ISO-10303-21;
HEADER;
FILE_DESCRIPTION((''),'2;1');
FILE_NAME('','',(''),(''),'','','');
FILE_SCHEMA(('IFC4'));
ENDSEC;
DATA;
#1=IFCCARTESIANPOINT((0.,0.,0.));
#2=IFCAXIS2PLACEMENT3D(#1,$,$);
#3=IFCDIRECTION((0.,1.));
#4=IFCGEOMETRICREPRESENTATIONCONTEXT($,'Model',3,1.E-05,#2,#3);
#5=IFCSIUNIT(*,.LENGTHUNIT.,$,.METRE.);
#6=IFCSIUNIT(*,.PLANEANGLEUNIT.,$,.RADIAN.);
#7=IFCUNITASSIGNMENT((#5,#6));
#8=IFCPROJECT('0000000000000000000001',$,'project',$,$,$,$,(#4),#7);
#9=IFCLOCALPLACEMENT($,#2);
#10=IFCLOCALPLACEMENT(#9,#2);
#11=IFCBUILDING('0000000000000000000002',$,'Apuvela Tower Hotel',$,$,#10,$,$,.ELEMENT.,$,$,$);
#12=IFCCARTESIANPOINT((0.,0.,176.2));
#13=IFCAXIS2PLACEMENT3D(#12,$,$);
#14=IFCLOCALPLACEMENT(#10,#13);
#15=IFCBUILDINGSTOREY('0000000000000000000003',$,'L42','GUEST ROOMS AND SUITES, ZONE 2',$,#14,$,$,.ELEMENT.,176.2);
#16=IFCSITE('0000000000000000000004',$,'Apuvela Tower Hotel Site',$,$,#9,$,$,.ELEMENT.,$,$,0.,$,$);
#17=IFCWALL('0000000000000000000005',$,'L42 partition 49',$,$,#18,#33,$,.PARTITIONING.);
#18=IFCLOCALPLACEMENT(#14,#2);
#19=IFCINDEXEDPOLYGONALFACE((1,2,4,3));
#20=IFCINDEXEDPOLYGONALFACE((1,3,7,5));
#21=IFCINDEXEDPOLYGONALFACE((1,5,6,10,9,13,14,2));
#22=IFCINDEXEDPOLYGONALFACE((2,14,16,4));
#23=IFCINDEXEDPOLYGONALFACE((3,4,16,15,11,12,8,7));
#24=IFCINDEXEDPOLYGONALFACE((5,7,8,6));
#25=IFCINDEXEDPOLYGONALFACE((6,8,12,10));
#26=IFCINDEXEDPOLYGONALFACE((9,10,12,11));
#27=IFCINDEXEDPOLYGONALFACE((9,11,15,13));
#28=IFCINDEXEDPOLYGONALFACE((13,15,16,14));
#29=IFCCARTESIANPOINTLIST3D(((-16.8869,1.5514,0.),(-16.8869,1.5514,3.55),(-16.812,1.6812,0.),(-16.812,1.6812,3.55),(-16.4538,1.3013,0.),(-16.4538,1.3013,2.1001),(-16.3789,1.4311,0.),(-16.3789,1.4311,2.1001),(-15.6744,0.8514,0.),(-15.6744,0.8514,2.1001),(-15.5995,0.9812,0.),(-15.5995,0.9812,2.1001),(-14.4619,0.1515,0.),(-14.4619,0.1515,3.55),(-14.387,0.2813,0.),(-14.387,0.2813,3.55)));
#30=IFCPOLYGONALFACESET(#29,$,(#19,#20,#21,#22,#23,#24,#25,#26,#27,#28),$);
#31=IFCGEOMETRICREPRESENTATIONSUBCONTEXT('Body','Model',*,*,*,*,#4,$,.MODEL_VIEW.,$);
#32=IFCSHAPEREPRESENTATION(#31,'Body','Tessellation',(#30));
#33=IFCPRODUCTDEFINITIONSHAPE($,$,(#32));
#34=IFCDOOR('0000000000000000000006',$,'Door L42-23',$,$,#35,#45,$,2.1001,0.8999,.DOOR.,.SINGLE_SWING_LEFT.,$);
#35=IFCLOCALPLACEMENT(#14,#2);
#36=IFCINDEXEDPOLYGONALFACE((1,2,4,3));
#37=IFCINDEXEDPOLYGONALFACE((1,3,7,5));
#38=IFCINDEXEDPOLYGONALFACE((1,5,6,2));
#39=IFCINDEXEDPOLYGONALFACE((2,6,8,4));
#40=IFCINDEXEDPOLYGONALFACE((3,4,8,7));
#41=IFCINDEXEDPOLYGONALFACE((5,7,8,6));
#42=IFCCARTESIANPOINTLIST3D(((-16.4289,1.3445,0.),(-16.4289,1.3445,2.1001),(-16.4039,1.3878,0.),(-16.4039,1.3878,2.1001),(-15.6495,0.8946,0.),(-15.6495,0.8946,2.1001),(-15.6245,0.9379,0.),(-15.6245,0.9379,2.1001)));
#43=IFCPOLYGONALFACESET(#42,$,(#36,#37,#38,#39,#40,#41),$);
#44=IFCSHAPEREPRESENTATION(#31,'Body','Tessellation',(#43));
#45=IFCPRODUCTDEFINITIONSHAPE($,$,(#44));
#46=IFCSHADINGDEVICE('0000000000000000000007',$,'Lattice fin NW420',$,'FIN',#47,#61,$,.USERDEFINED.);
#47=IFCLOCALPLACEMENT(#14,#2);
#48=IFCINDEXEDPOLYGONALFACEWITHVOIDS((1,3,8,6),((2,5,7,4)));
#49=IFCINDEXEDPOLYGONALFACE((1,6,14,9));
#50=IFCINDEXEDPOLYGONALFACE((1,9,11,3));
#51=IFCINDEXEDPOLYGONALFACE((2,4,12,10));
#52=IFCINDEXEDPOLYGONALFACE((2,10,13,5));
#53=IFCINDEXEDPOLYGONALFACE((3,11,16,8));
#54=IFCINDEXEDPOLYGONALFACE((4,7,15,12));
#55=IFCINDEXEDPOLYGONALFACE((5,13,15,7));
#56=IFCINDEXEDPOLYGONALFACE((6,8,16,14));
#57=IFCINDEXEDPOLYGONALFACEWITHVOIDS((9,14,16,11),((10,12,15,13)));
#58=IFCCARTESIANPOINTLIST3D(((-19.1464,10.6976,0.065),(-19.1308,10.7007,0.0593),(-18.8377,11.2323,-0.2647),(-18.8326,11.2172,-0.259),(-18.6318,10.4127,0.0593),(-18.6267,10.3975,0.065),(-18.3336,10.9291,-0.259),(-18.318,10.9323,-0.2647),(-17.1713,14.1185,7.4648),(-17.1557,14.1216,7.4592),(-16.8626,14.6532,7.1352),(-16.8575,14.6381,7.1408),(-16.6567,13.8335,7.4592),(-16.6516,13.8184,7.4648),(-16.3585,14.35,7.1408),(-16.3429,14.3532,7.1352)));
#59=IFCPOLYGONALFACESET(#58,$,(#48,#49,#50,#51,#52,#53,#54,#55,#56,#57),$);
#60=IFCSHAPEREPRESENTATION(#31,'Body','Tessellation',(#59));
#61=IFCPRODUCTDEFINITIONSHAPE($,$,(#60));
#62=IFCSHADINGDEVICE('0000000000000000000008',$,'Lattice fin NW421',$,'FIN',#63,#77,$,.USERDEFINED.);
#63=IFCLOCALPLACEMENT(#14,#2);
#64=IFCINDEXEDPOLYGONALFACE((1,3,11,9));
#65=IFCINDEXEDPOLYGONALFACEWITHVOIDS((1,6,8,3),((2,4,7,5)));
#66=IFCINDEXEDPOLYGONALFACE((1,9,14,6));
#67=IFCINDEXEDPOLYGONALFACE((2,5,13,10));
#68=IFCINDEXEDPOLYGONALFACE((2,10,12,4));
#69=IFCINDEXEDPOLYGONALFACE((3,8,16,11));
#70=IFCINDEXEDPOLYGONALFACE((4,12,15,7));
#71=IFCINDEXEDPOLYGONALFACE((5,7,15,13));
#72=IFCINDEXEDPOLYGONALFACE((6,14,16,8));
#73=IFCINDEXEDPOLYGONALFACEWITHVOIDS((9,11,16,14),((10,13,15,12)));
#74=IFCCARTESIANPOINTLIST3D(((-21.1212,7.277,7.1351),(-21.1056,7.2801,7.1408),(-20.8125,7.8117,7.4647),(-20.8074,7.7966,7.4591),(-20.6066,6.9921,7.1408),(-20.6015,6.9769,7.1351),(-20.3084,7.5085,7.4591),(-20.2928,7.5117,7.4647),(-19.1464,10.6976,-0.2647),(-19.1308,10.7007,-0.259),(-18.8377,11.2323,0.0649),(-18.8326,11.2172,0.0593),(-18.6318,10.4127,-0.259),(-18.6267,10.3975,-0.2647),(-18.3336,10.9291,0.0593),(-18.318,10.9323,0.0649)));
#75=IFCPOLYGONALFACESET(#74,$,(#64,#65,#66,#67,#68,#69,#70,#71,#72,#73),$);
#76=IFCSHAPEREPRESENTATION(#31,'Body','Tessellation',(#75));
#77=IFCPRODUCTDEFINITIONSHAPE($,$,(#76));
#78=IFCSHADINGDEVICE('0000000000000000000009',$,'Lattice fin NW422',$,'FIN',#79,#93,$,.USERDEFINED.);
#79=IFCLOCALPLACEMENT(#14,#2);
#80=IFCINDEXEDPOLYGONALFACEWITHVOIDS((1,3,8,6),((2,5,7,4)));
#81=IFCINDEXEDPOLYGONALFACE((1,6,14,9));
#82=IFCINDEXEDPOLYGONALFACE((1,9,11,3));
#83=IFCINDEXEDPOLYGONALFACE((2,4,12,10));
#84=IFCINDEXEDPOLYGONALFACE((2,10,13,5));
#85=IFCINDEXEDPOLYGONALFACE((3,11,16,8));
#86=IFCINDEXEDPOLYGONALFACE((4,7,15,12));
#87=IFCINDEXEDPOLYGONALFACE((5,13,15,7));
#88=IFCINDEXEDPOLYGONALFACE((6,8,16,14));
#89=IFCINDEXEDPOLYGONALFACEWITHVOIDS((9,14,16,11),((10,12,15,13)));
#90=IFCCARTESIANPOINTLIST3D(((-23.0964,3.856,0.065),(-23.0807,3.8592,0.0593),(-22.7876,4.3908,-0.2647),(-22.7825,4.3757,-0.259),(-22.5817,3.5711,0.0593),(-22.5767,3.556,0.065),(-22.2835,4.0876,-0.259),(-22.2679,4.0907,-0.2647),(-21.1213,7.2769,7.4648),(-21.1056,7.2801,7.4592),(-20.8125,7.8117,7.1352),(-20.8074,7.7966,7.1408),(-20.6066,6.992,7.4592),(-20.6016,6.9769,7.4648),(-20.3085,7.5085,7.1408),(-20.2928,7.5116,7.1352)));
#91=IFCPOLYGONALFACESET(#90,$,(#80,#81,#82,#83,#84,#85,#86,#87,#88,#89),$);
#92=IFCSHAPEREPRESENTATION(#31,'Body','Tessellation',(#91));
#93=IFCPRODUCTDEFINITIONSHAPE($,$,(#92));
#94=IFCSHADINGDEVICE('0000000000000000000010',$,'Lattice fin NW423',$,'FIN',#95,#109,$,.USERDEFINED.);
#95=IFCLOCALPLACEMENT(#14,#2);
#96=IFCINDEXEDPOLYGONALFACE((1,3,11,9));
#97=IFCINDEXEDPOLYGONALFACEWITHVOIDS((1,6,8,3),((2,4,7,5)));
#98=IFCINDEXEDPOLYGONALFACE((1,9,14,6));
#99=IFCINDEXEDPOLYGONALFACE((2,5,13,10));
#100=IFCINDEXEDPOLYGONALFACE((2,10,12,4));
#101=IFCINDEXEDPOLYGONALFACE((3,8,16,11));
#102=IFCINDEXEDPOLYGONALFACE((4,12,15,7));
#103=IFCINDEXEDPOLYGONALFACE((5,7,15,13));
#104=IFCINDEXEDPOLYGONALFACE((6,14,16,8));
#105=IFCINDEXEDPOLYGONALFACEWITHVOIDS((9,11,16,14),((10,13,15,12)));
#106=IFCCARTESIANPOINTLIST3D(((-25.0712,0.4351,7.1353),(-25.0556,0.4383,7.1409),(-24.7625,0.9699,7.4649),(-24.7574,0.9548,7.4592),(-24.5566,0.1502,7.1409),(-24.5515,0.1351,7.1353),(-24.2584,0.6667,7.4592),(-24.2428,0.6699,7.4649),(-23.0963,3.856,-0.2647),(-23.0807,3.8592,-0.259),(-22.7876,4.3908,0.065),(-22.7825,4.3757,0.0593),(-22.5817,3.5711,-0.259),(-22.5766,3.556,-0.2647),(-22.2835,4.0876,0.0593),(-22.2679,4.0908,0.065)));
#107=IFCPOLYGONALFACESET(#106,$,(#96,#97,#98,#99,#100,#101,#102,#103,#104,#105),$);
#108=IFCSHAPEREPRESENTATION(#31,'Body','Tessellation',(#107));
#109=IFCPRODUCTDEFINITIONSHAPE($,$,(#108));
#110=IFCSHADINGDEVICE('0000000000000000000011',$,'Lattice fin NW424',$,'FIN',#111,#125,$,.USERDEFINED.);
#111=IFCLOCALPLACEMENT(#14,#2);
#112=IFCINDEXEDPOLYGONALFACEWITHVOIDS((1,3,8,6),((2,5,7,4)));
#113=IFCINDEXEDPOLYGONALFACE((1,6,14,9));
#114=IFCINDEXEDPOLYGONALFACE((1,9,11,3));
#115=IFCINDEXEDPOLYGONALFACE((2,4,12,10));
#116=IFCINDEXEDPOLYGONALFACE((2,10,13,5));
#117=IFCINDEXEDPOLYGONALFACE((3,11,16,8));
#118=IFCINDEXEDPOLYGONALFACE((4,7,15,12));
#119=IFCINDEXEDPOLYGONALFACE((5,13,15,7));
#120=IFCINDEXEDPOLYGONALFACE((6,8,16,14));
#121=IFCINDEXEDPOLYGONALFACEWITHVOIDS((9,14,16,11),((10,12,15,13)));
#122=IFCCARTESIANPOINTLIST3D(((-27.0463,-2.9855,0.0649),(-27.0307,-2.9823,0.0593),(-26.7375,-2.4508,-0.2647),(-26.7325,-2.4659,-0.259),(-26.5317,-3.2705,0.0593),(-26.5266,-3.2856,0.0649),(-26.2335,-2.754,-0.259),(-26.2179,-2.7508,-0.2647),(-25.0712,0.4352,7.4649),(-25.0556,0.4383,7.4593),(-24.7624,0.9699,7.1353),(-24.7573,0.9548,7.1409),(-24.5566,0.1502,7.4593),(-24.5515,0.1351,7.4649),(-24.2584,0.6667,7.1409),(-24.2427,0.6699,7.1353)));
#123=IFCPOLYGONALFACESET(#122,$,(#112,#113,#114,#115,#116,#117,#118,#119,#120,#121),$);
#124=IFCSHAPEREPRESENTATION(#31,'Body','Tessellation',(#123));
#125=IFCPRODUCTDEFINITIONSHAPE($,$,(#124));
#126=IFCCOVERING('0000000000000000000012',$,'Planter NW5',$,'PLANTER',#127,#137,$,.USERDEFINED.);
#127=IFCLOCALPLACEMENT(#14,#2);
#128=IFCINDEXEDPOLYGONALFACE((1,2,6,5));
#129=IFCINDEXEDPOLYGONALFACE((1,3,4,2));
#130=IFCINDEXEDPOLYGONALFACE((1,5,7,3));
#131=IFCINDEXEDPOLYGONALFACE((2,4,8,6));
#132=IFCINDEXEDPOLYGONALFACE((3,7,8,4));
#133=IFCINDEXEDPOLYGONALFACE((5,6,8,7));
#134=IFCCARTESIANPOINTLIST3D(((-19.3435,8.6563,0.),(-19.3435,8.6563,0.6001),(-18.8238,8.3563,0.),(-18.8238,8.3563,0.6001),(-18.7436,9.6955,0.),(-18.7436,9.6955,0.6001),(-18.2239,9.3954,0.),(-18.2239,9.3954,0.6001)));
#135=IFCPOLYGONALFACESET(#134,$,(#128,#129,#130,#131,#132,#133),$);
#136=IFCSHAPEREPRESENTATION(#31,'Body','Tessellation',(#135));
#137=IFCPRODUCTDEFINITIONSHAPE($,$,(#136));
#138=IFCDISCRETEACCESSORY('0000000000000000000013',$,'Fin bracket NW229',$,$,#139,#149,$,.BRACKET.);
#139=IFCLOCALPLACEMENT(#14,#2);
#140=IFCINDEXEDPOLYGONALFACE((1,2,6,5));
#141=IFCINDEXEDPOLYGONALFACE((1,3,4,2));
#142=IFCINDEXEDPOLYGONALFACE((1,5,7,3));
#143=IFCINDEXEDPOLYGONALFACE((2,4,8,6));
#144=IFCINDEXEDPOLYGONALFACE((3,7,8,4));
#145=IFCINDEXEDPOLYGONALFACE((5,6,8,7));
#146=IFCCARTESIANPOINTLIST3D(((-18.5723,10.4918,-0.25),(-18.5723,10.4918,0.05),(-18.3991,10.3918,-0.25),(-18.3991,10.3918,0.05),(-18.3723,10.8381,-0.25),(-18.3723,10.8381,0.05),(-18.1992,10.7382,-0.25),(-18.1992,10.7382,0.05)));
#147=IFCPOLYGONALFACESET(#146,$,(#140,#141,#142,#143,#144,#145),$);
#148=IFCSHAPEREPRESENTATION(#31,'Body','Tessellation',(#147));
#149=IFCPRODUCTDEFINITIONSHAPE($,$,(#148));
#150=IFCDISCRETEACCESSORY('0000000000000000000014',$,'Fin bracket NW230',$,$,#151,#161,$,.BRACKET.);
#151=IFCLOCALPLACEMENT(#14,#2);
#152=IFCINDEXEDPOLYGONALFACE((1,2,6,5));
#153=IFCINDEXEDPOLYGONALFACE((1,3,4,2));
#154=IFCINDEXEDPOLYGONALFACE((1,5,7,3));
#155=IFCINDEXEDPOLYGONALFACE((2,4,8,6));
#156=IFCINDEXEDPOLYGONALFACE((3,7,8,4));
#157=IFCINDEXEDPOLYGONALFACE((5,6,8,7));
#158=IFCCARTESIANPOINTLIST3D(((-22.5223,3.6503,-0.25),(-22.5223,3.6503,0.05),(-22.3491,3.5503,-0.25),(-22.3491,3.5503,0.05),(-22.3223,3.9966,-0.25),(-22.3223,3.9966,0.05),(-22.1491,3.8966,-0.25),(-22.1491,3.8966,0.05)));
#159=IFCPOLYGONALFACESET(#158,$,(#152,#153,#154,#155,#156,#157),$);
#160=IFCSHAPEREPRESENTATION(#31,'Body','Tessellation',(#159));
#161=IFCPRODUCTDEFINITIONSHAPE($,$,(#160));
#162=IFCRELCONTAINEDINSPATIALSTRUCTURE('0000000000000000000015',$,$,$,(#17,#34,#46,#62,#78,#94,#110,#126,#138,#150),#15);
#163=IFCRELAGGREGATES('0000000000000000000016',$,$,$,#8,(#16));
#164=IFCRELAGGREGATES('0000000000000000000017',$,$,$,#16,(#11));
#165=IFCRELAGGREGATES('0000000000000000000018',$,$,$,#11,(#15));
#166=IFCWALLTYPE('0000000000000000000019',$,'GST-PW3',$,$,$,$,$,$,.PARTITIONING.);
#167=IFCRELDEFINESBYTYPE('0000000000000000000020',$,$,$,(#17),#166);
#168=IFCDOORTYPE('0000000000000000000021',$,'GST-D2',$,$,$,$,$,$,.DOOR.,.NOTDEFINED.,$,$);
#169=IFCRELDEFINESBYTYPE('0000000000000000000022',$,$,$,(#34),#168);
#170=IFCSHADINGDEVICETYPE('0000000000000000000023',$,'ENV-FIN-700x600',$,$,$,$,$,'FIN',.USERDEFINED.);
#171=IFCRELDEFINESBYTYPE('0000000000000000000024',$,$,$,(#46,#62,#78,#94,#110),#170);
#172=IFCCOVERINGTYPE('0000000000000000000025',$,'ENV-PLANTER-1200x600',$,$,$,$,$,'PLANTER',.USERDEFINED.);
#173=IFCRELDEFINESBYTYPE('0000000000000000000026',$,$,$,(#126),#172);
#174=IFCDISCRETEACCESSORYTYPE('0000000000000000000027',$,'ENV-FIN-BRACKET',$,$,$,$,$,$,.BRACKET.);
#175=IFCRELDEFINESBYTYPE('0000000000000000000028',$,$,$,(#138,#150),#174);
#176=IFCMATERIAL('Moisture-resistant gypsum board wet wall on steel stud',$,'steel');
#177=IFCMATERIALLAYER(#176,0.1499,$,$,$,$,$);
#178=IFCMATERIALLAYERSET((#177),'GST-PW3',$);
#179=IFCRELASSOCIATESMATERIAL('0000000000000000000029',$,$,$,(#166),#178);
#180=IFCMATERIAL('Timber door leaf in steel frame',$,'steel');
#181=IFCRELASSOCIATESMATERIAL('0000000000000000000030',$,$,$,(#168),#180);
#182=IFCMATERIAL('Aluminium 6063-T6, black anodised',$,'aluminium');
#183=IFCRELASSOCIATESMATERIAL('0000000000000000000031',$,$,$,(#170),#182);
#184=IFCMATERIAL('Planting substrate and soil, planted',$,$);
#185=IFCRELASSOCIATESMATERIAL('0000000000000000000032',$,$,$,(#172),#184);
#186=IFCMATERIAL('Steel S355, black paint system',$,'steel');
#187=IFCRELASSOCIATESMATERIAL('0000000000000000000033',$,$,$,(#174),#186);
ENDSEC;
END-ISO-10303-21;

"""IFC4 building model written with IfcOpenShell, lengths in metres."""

from ifc_helpers import new_model, si_unit, direction, frame, frame_2d, origin, origin_2d, place, context, subcontext, project, spatial, rectangle, hollow_rectangle, extrude, material, layer, layer_set, material_profile, profile_set, type_object, element, fill, save


model = new_model("IFC4")

# Units and contexts
model_context = context("Model", 3, precision=1e-05, world=origin(), true_north=direction((0.0, 1.0)))
body_context = subcontext(model_context, "Body", "Model", "MODEL_VIEW")
ifc_project = project(units=[si_unit("LENGTHUNIT", "METRE"), si_unit("PLANEANGLEUNIT", "RADIAN")], contexts=[model_context])

# Site, building, storey
site_placement = place(None, origin())
site = spatial("IfcSite", under=ifc_project, at=site_placement, Name="Apuvela Tower Hotel Site", CompositionType="ELEMENT", RefElevation=0.0)
building_placement = place(site_placement, origin())
building = spatial("IfcBuilding", under=site, at=building_placement, Name="Apuvela Tower Hotel", CompositionType="ELEMENT")
storey_placement = place(building_placement, frame((0.0, 0.0, 176.2)))
storey = spatial("IfcBuildingStorey", under=building, at=storey_placement, Name="L42", Description="GUEST ROOMS AND SUITES, ZONE 2", CompositionType="ELEMENT", Elevation=176.2)

# Wall, opening, door
ifc_material_1 = material(Name="Moisture-resistant gypsum board wet wall on steel stud", Category="steel")
ifc_layer_1 = layer(ifc_material_1, 0.1499)
ifc_layer_set_1 = layer_set([ifc_layer_1], Name="GST-PW3")
wall_type_1 = type_object("IfcWallType", Name="GST-PW3", PredefinedType="PARTITIONING", material=ifc_layer_set_1)
wall_1_placement = place(storey_placement, frame((-16.8494, 1.6162, 0.0), z_axis=(0.0, 0.0, 1.0), x_axis=(0.866056, -0.499946, 0.0)))
wall_1 = element("IfcWall", 1, at=wall_1_placement, inside=storey, type_object=wall_type_1, Name="L42 partition 49", PredefinedType="PARTITIONING", context=body_context, shape_type="SweptSolid", body=[
    extrude(rectangle(XDim=2.8, YDim=0.1499, at=frame_2d((1.3999, 0.0))), origin(), (0.0, 0.0, 1.0), 3.55),
])
opening_1_placement = place(wall_1_placement, frame((0.5, 0.0, 0.0)))
opening_1 = element("IfcOpeningElement", 2, at=opening_1_placement, cuts=wall_1, PredefinedType="OPENING", context=body_context, shape_type="SweptSolid", body=[
    extrude(rectangle(XDim=0.8999, YDim=2.1001, at=frame_2d((0.45, 1.05))), frame((0.0, 0.085, 0.0), z_axis=(0.0, -1.0, 0.0), x_axis=(1.0, 0.0, 0.0)), (0.0, 0.0, 1.0), 0.1699),
])
ifc_material_2 = material(Name="Timber door leaf in steel frame", Category="steel")
door_type_1 = type_object("IfcDoorType", Name="GST-D2", OperationType="NOTDEFINED", PredefinedType="DOOR", material=ifc_material_2)
door_1_placement = place(opening_1_placement, origin())
door_1 = element("IfcDoor", 3, at=door_1_placement, inside=storey, type_object=door_type_1, Name="Door L42-23", OperationType="SINGLE_SWING_LEFT", OverallHeight=2.1001, OverallWidth=0.8999, PredefinedType="DOOR", context=body_context, shape_type="SweptSolid", body=[
    extrude(rectangle(XDim=0.8999, YDim=2.1001, at=frame_2d((0.45, 1.05))), frame((0.0, 0.0249, 0.0), z_axis=(0.0, -1.0, 0.0), x_axis=(1.0, 0.0, 0.0)), (0.0, 0.0, 1.0), 0.05),
])
fill(opening_1, door_1)

# Shading devices
ifc_material_3 = material(Name="Aluminium 6063-T6, black anodised", Category="aluminium")
ifc_material_profile_1 = material_profile(ifc_material_3, hollow_rectangle(XDim=0.6001, YDim=0.7, WallThickness=0.012, at=origin_2d()), Name="AL BOX 700x600x12")
ifc_profile_set_1 = profile_set([ifc_material_profile_1], Name="Aluminium 6063-T6, black anodised")
shading_device_type = type_object("IfcShadingDeviceType", Name="ENV-FIN-700x600", ElementType="FIN", PredefinedType="USERDEFINED", material=ifc_profile_set_1)
shading_device_1_placement = place(storey_placement, frame((-18.7322, 10.8149, -0.0999), z_axis=(0.235461, 0.407822, 0.882179), x_axis=(-0.866021, 0.500008, 0.0)))
element("IfcShadingDevice", 4, at=shading_device_1_placement, inside=storey, type_object=shading_device_type, Name="Lattice fin NW420", ObjectType="FIN", PredefinedType="USERDEFINED", context=body_context, shape_type="SweptSolid", body=[
    extrude(hollow_rectangle(XDim=0.6001, YDim=0.7, WallThickness=0.012, at=origin_2d()), origin(), (0.0, 0.0, 1.0), 8.3882),
])
shading_device_2_placement = place(storey_placement, frame((-18.7322, 10.8149, -0.0999), z_axis=(-0.235436, -0.407801, 0.882195), x_axis=(0.866032, -0.499988, 0.0)))
element("IfcShadingDevice", 5, at=shading_device_2_placement, inside=storey, type_object=shading_device_type, Name="Lattice fin NW421", ObjectType="FIN", PredefinedType="USERDEFINED", context=body_context, shape_type="SweptSolid", body=[
    extrude(hollow_rectangle(XDim=0.6001, YDim=0.7, WallThickness=0.012, at=origin_2d()), origin(), (0.0, 0.0, 1.0), 8.3879),
])
for number, where, z_axis, x_axis, name in (
    (6, (-22.6821, 3.9734, -0.0999), (0.235461, 0.407822, 0.882179), (-0.866021, 0.500008, 0.0), "Lattice fin NW422"),
    (7, (-22.6821, 3.9734, -0.0999), (-0.235434, -0.407825, 0.882185), (0.866048, -0.499961, 0.0), "Lattice fin NW423"),
    (8, (-26.6321, -2.8682, -0.0999), (0.235464, 0.407798, 0.882189), (-0.866005, 0.500035, 0.0), "Lattice fin NW424"),
):
    element("IfcShadingDevice", number, at=place(storey_placement, frame(where, z_axis=z_axis, x_axis=x_axis)), inside=storey, type_object=shading_device_type, Name=name, ObjectType="FIN", PredefinedType="USERDEFINED", context=body_context, shape_type="SweptSolid", body=[
        extrude(hollow_rectangle(XDim=0.6001, YDim=0.7, WallThickness=0.012, at=origin_2d()), origin(), (0.0, 0.0, 1.0), 8.3882),
    ])

# Covering
ifc_material_4 = material(Name="Planting substrate and soil, planted")
covering_type = type_object("IfcCoveringType", Name="ENV-PLANTER-1200x600", ElementType="PLANTER", PredefinedType="USERDEFINED", material=ifc_material_4)
covering_placement = place(storey_placement, frame((-18.7837, 9.0259, 0.0), z_axis=(0.0, 0.0, 1.0), x_axis=(-0.5, -0.866025, 0.0)))
element("IfcCovering", 9, at=covering_placement, inside=storey, type_object=covering_type, Name="Planter NW5", ObjectType="PLANTER", PredefinedType="USERDEFINED", context=body_context, shape_type="SweptSolid", body=[
    extrude(rectangle(XDim=1.2, YDim=0.6001, at=origin_2d()), origin(), (0.0, 0.0, 1.0), 0.6001),
])

# Discrete accessories
ifc_material_5 = material(Name="Steel S355, black paint system", Category="steel")
discrete_accessory_type = type_object("IfcDiscreteAccessoryType", Name="ENV-FIN-BRACKET", PredefinedType="BRACKET", material=ifc_material_5)
for number, where, z_axis, x_axis, name in (
    (10, (-18.3857, 10.615, -0.25), (0.0, 0.0, 1.0), (-0.5, -0.866025, 0.0), "Fin bracket NW229"),
    (11, (-22.3357, 3.7734, -0.25), (0.0, 0.0, 1.0), (-0.5, -0.866025, 0.0), "Fin bracket NW230"),
):
    element("IfcDiscreteAccessory", number, at=place(storey_placement, frame(where, z_axis=z_axis, x_axis=x_axis)), inside=storey, type_object=discrete_accessory_type, Name=name, PredefinedType="BRACKET", context=body_context, shape_type="SweptSolid", body=[
        extrude(rectangle(XDim=0.3999, YDim=0.2, at=origin_2d()), origin(), (0.0, 0.0, 1.0), 0.3),
    ])

save(model, "model.ifc")
